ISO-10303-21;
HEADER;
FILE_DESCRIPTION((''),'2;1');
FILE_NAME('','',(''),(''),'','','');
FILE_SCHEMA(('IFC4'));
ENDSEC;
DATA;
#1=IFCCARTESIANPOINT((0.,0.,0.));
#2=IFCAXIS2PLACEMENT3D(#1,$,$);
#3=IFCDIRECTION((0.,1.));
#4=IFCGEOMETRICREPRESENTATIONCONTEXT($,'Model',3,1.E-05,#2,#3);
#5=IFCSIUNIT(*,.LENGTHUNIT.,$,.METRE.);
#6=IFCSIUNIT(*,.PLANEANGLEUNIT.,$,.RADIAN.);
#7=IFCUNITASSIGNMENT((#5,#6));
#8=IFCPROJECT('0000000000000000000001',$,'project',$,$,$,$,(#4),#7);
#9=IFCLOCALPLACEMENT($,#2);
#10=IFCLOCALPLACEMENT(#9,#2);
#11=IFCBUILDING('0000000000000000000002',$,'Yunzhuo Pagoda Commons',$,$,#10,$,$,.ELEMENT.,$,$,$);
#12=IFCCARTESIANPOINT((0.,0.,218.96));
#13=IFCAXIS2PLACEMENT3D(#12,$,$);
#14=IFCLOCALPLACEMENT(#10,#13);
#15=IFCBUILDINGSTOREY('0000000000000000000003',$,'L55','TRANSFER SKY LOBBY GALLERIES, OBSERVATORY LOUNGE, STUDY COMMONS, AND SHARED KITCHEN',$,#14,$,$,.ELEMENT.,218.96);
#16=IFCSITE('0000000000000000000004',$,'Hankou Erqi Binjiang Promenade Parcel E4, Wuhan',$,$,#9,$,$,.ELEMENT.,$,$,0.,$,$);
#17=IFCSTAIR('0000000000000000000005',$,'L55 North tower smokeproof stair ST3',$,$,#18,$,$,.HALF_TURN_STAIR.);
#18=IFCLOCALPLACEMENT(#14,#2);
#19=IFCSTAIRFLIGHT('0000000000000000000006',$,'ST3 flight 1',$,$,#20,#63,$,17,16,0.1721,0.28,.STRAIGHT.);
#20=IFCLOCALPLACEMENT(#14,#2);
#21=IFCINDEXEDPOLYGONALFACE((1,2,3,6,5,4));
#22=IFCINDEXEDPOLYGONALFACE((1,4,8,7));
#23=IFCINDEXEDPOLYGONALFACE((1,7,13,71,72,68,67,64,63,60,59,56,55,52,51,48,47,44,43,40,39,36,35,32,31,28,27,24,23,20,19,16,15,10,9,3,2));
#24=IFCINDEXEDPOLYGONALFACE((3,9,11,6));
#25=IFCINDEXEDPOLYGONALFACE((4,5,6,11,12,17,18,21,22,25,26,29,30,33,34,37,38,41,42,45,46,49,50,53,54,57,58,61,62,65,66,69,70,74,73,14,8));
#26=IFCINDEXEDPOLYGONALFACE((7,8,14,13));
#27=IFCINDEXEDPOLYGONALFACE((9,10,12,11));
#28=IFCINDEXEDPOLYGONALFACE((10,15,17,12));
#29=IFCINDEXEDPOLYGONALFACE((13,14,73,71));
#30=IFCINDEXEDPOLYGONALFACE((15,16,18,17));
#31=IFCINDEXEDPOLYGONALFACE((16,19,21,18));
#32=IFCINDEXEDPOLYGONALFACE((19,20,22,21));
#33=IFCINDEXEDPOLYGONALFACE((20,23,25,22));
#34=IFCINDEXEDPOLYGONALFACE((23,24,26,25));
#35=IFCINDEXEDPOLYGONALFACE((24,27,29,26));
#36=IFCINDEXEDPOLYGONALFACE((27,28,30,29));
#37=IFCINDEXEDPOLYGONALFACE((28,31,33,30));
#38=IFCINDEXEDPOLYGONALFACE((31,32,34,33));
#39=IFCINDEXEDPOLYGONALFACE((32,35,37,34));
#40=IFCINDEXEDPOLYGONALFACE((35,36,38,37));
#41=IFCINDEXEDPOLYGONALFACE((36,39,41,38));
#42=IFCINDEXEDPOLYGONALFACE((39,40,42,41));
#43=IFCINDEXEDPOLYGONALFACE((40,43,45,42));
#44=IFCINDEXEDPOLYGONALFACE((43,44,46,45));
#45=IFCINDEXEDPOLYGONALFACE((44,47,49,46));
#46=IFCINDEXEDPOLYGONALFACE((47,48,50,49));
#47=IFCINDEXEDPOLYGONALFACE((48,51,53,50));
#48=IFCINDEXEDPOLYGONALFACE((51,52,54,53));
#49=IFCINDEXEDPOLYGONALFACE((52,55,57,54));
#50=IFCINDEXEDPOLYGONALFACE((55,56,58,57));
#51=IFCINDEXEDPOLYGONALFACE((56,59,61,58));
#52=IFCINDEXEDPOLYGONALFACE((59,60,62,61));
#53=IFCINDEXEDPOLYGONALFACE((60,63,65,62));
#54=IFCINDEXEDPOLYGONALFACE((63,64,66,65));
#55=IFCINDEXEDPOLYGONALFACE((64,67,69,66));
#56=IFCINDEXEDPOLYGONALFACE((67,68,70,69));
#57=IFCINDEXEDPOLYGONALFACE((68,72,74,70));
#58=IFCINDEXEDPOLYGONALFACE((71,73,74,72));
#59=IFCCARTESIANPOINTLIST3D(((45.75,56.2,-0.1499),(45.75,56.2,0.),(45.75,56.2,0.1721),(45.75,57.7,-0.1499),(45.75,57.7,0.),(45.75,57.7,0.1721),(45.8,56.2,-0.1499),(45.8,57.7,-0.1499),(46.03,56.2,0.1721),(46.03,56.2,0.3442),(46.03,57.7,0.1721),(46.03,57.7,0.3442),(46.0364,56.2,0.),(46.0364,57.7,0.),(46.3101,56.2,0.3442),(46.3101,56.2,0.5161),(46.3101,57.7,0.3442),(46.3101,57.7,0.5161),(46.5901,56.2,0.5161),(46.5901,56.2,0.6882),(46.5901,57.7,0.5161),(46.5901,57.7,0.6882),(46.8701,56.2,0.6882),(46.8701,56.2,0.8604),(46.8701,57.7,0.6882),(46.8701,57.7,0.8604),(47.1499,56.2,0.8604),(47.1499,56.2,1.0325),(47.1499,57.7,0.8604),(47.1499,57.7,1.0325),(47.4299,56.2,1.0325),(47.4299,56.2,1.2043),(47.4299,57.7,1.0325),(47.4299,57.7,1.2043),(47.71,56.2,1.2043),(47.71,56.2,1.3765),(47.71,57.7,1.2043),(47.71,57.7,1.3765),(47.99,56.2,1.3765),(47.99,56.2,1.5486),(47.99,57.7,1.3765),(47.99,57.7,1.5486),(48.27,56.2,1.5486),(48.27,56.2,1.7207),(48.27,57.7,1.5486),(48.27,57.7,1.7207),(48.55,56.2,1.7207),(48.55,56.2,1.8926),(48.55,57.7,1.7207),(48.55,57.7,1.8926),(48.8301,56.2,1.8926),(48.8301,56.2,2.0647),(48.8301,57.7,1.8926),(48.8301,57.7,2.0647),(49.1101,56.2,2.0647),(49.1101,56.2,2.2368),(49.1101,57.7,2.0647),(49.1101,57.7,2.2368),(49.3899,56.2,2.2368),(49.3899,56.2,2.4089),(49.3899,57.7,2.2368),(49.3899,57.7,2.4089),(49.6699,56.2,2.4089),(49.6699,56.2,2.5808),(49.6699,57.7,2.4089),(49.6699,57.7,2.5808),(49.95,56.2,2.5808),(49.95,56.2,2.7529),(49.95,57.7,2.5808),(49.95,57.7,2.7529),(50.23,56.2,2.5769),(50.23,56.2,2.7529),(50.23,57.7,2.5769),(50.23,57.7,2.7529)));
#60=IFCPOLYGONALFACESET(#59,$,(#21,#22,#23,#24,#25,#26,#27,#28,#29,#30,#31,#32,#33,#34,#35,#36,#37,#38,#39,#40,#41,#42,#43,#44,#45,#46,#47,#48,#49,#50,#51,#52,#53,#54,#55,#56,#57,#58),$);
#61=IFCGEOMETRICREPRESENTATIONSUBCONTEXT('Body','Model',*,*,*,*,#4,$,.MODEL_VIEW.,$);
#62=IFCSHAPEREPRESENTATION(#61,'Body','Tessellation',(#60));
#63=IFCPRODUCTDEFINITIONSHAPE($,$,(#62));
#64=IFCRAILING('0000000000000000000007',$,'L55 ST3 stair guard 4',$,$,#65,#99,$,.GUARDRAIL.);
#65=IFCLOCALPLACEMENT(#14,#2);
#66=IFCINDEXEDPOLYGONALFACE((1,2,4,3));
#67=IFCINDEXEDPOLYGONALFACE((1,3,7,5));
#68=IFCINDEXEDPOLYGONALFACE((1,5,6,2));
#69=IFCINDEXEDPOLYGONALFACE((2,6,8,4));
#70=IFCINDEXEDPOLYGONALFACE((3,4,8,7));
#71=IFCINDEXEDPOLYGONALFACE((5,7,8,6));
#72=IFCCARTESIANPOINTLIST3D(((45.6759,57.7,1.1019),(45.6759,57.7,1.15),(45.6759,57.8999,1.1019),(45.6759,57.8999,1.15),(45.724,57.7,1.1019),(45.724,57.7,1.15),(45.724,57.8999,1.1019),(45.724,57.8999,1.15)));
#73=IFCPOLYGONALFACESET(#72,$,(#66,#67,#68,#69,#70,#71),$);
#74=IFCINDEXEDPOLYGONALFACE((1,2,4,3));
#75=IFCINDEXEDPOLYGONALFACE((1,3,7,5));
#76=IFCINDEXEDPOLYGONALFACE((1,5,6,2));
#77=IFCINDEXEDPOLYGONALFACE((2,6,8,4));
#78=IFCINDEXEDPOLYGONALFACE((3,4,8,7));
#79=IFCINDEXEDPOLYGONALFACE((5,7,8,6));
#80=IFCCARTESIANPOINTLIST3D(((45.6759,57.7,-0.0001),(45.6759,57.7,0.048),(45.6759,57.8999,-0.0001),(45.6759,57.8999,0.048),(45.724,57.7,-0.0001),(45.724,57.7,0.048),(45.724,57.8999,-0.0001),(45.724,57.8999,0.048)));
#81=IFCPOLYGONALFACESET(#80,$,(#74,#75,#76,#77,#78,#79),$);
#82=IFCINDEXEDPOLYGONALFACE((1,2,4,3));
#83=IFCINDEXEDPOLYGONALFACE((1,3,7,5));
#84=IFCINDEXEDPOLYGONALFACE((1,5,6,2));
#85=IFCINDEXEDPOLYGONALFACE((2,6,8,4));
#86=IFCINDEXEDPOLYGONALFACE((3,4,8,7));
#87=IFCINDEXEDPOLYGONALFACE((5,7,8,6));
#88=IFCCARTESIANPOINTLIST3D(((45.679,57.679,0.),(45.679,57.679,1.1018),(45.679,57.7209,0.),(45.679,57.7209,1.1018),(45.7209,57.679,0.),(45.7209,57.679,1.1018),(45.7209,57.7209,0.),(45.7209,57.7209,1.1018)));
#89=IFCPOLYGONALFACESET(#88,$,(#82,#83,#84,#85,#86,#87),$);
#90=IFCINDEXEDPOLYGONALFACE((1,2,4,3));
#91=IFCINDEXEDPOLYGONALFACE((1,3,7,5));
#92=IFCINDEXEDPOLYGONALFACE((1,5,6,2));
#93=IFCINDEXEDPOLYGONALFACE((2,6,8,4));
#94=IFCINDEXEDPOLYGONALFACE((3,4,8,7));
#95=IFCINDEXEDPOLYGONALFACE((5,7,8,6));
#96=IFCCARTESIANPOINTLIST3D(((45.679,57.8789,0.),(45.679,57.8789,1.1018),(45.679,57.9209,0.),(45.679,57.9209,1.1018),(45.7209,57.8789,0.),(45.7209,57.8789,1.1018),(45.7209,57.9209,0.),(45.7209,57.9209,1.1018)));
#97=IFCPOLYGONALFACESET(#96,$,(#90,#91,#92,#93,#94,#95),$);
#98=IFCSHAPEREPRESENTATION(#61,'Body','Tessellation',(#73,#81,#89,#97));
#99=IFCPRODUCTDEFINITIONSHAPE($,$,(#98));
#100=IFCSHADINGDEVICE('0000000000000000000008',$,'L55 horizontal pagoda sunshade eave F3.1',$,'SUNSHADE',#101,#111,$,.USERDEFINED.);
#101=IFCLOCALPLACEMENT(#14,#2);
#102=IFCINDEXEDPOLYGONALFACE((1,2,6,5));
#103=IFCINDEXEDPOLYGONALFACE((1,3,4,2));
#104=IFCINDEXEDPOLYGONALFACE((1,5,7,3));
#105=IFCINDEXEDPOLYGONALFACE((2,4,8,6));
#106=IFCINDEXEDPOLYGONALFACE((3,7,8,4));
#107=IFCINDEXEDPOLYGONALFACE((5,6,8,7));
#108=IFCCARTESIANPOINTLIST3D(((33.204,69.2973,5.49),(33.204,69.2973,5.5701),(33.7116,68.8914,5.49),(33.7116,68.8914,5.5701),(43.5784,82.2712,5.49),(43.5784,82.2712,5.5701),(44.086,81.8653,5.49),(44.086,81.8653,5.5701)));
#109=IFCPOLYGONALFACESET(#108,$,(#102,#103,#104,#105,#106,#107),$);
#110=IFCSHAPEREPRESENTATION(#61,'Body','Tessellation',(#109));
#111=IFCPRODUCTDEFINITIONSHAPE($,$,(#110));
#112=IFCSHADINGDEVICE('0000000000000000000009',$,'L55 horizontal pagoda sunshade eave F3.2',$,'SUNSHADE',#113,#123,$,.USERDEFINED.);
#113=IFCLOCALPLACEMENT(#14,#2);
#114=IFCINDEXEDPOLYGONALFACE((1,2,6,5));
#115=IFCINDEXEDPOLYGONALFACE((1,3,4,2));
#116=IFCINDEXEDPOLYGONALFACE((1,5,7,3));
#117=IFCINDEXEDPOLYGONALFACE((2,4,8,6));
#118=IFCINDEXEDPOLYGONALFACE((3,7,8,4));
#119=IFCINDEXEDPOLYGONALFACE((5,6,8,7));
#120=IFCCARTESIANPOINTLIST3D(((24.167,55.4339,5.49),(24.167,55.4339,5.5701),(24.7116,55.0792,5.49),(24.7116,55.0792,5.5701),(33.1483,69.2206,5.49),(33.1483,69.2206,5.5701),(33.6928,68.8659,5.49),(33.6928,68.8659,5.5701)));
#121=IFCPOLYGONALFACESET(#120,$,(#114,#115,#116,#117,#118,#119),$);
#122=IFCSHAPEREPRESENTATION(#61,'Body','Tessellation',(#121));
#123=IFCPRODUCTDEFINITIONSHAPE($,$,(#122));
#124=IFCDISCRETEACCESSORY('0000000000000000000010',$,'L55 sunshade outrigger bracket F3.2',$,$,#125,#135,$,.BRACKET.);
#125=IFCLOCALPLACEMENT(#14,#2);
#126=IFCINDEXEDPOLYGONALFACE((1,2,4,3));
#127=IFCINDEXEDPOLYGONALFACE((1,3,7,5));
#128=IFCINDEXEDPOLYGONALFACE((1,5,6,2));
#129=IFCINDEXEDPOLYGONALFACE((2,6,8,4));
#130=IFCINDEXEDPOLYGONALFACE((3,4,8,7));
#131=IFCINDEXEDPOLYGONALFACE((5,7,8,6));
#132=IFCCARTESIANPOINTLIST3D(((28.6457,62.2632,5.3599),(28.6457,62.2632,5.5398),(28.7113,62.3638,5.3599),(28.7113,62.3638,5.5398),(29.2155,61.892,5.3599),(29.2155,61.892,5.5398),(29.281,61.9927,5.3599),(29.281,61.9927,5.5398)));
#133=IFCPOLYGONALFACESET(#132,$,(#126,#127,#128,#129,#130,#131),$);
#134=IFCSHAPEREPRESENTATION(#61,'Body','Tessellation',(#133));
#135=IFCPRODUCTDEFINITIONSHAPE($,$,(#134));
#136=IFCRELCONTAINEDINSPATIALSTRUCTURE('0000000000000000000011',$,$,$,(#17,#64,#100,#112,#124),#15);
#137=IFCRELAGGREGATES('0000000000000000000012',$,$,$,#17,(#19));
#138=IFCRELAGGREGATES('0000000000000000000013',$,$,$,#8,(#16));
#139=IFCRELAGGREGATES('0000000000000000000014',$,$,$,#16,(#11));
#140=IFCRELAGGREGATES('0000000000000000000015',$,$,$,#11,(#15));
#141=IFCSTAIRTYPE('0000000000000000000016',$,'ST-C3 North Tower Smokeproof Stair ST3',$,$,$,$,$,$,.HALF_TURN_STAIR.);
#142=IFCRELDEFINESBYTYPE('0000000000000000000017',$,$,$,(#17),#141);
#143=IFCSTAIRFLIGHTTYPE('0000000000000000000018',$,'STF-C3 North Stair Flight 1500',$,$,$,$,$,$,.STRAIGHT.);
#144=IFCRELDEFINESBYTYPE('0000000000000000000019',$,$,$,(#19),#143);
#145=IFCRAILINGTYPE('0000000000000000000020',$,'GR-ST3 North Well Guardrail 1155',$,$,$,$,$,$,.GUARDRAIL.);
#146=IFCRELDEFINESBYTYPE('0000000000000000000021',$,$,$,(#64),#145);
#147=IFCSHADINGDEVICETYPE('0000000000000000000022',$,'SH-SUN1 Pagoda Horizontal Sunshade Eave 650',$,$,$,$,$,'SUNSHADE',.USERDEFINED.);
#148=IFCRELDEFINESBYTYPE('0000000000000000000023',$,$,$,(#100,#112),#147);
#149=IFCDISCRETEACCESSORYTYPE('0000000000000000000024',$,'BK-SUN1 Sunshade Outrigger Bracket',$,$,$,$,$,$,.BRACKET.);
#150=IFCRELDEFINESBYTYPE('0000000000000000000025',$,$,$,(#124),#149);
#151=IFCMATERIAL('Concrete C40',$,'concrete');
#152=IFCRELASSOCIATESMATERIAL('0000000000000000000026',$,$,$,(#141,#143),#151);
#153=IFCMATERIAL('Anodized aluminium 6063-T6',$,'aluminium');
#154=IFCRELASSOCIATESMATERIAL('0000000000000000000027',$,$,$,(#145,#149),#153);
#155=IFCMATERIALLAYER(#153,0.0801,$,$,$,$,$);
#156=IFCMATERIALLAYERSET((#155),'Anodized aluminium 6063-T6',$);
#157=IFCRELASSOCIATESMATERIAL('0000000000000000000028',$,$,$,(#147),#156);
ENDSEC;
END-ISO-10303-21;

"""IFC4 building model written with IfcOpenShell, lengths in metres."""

from ifc_helpers import new_model, si_unit, direction, frame, origin, origin_2d, place, context, subcontext, project, spatial, polyline, rectangle, outline, extrude, source, transform, mapped, material, layer, layer_set, type_object, element, aggregate, save


model = new_model("IFC4")

# Units and contexts
model_context = context("Model", 3, precision=1e-05, world=origin(), true_north=direction((0.0, 1.0)))
body_context = subcontext(model_context, "Body", "Model", "MODEL_VIEW")
ifc_project = project(units=[si_unit("LENGTHUNIT", "METRE"), si_unit("PLANEANGLEUNIT", "RADIAN")], contexts=[model_context])

# Site, building, storey
site_placement = place(None, origin())
site = spatial("IfcSite", under=ifc_project, at=site_placement, Name="Hankou Erqi Binjiang Promenade Parcel E4, Wuhan", CompositionType="ELEMENT", RefElevation=0.0)
building_placement = place(site_placement, origin())
building = spatial("IfcBuilding", under=site, at=building_placement, Name="Yunzhuo Pagoda Commons", CompositionType="ELEMENT")
storey_placement = place(building_placement, frame((0.0, 0.0, 218.96)))
storey = spatial("IfcBuildingStorey", under=building, at=storey_placement, Name="L55", Description="TRANSFER SKY LOBBY GALLERIES, OBSERVATORY LOUNGE, STUDY COMMONS, AND SHARED KITCHEN", CompositionType="ELEMENT", Elevation=218.96)

# Shared definitions
ifc_material_1 = material(Name="Anodized aluminium 6063-T6", Category="aluminium")

# Stair, stair flight
ifc_material_2 = material(Name="Concrete C40", Category="concrete")
stair_type = type_object("IfcStairType", Name="ST-C3 North Tower Smokeproof Stair ST3", PredefinedType="HALF_TURN_STAIR", material=ifc_material_2)
stair_placement = place(storey_placement, origin())
stair = element("IfcStair", 1, at=stair_placement, inside=storey, type_object=stair_type, Name="L55 North tower smokeproof stair ST3", PredefinedType="HALF_TURN_STAIR")
stair_flight_type = type_object("IfcStairFlightType", Name="STF-C3 North Stair Flight 1500", PredefinedType="STRAIGHT", material=ifc_material_2)
shared_shape_1 = source(origin(), body_context, "Body", "SweptSolid", [
    extrude(outline(polyline([(0.0, -0.1499), (0.0, 0.0), (0.0, 0.1721), (0.28, 0.1721), (0.28, 0.3442), (0.5601, 0.3442), (0.5601, 0.5161), (0.8401, 0.5161), (0.8401, 0.6882), (1.1201, 0.6882), (1.1201, 0.8604), (1.3999, 0.8604), (1.3999, 1.0325), (1.6799, 1.0325), (1.6799, 1.2043), (1.96, 1.2043), (1.96, 1.3765), (2.24, 1.3765), (2.24, 1.5486), (2.52, 1.5486), (2.52, 1.7207), (2.8, 1.7207), (2.8, 1.8926), (3.0801, 1.8926), (3.0801, 2.0647), (3.3601, 2.0647), (3.3601, 2.2368), (3.6399, 2.2368), (3.6399, 2.4089), (3.9199, 2.4089), (3.9199, 2.5808), (4.2, 2.5808), (4.2, 2.7529), (4.48, 2.7529), (4.48, 2.925), (4.48, 2.5769), (0.2864, 0.0), (0.05, -0.1499), (0.0, -0.1499)])), frame((0.0, 0.75, 0.0), z_axis=(0.0, -1.0, 0.0), x_axis=(1.0, 0.0, 0.0)), (0.0, 0.0, 1.0), 1.5),
])
stair_flight_placement = place(storey_placement, frame((45.75, 56.95, 0.0), z_axis=(0.0, 0.0, 1.0), x_axis=(1.0, 0.0, 0.0)))
stair_flight = element("IfcStairFlight", 2, at=stair_flight_placement, type_object=stair_flight_type, Name="ST3 flight 1", NumberOfRisers=17, NumberOfTreads=16, PredefinedType="STRAIGHT", RiserHeight=0.1721, TreadLength=0.28, context=body_context, shape_type="MappedRepresentation", body=[
    mapped(shared_shape_1, transform((0.0, 0.0, 0.0), scale=1.0)),
])
aggregate(stair, [stair_flight])

# Railing
railing_type = type_object("IfcRailingType", Name="GR-ST3 North Well Guardrail 1155", PredefinedType="GUARDRAIL", material=ifc_material_1)
railing_placement = place(storey_placement, frame((45.7, 57.7, 0.0)))
element("IfcRailing", 3, at=railing_placement, inside=storey, type_object=railing_type, Name="L55 ST3 stair guard 4", PredefinedType="GUARDRAIL", context=body_context, shape_type="SweptSolid", body=[
    extrude(rectangle(XDim=0.0481, YDim=0.0481, at=origin_2d()), frame((0.0, 0.0, 1.126), z_axis=(0.0, 1.0, 0.0), x_axis=(-1.0, 0.0, 0.0)), (0.0, 0.0, 1.0), 0.2),
    extrude(rectangle(XDim=0.0481, YDim=0.0481, at=origin_2d()), frame((0.0, 0.0, 0.0239), z_axis=(0.0, 1.0, 0.0), x_axis=(-1.0, 0.0, 0.0)), (0.0, 0.0, 1.0), 0.2),
    extrude(rectangle(XDim=0.042, YDim=0.042, at=origin_2d()), origin(), (0.0, 0.0, 1.0), 1.1018),
    extrude(rectangle(XDim=0.042, YDim=0.042, at=origin_2d()), frame((0.0, 0.2, 0.0)), (0.0, 0.0, 1.0), 1.1018),
])

# Shading devices
ifc_layer_1 = layer(ifc_material_1, 0.0801)
ifc_layer_set_1 = layer_set([ifc_layer_1], Name="Anodized aluminium 6063-T6")
shading_device_type = type_object("IfcShadingDeviceType", Name="SH-SUN1 Pagoda Horizontal Sunshade Eave 650", ElementType="SUNSHADE", PredefinedType="USERDEFINED", material=ifc_layer_set_1)
shared_shape_2 = source(origin(), body_context, "Body", "SweptSolid", [
    extrude(rectangle(XDim=16.6118, YDim=0.6499, at=origin_2d()), origin(), (0.0, 0.0, 1.0), 0.0801),
])
shading_device_1_placement = place(storey_placement, frame((38.645, 75.5813, 5.49), z_axis=(0.0, 0.0, 1.0), x_axis=(-0.62452, -0.781008, 0.0)))
element("IfcShadingDevice", 4, at=shading_device_1_placement, inside=storey, type_object=shading_device_type, Name="L55 horizontal pagoda sunshade eave F3.1", ObjectType="SUNSHADE", PredefinedType="USERDEFINED", context=body_context, shape_type="MappedRepresentation", body=[
    mapped(shared_shape_2, transform((0.0, 0.0, 0.0), scale=1.0)),
])
shared_shape_3 = source(origin(), body_context, "Body", "SweptSolid", [
    extrude(rectangle(XDim=16.4541, YDim=0.6499, at=origin_2d()), origin(), (0.0, 0.0, 1.0), 0.0801),
])
shading_device_2_placement = place(storey_placement, frame((28.9299, 62.1499, 5.49), z_axis=(0.0, 0.0, 1.0), x_axis=(-0.545839, -0.83789, 0.0)))
element("IfcShadingDevice", 5, at=shading_device_2_placement, inside=storey, type_object=shading_device_type, Name="L55 horizontal pagoda sunshade eave F3.2", ObjectType="SUNSHADE", PredefinedType="USERDEFINED", context=body_context, shape_type="MappedRepresentation", body=[
    mapped(shared_shape_3, transform((0.0, 0.0, 0.0), scale=1.0)),
])

# Discrete accessory
discrete_accessory_type = type_object("IfcDiscreteAccessoryType", Name="BK-SUN1 Sunshade Outrigger Bracket", PredefinedType="BRACKET", material=ifc_material_1)
shared_shape_4 = source(origin(), body_context, "Body", "SweptSolid", [
    extrude(rectangle(XDim=0.1201, YDim=0.6799, at=origin_2d()), origin(), (0.0, 0.0, 1.0), 0.1799),
])
discrete_accessory_placement = place(storey_placement, frame((28.9634, 62.1279, 5.3599), z_axis=(0.0, 0.0, 1.0), x_axis=(-0.545839, -0.83789, 0.0)))
element("IfcDiscreteAccessory", 6, at=discrete_accessory_placement, inside=storey, type_object=discrete_accessory_type, Name="L55 sunshade outrigger bracket F3.2", PredefinedType="BRACKET", context=body_context, shape_type="MappedRepresentation", body=[
    mapped(shared_shape_4, transform((0.0, 0.0, 0.0), scale=1.0)),
])

save(model, "model.ifc")
